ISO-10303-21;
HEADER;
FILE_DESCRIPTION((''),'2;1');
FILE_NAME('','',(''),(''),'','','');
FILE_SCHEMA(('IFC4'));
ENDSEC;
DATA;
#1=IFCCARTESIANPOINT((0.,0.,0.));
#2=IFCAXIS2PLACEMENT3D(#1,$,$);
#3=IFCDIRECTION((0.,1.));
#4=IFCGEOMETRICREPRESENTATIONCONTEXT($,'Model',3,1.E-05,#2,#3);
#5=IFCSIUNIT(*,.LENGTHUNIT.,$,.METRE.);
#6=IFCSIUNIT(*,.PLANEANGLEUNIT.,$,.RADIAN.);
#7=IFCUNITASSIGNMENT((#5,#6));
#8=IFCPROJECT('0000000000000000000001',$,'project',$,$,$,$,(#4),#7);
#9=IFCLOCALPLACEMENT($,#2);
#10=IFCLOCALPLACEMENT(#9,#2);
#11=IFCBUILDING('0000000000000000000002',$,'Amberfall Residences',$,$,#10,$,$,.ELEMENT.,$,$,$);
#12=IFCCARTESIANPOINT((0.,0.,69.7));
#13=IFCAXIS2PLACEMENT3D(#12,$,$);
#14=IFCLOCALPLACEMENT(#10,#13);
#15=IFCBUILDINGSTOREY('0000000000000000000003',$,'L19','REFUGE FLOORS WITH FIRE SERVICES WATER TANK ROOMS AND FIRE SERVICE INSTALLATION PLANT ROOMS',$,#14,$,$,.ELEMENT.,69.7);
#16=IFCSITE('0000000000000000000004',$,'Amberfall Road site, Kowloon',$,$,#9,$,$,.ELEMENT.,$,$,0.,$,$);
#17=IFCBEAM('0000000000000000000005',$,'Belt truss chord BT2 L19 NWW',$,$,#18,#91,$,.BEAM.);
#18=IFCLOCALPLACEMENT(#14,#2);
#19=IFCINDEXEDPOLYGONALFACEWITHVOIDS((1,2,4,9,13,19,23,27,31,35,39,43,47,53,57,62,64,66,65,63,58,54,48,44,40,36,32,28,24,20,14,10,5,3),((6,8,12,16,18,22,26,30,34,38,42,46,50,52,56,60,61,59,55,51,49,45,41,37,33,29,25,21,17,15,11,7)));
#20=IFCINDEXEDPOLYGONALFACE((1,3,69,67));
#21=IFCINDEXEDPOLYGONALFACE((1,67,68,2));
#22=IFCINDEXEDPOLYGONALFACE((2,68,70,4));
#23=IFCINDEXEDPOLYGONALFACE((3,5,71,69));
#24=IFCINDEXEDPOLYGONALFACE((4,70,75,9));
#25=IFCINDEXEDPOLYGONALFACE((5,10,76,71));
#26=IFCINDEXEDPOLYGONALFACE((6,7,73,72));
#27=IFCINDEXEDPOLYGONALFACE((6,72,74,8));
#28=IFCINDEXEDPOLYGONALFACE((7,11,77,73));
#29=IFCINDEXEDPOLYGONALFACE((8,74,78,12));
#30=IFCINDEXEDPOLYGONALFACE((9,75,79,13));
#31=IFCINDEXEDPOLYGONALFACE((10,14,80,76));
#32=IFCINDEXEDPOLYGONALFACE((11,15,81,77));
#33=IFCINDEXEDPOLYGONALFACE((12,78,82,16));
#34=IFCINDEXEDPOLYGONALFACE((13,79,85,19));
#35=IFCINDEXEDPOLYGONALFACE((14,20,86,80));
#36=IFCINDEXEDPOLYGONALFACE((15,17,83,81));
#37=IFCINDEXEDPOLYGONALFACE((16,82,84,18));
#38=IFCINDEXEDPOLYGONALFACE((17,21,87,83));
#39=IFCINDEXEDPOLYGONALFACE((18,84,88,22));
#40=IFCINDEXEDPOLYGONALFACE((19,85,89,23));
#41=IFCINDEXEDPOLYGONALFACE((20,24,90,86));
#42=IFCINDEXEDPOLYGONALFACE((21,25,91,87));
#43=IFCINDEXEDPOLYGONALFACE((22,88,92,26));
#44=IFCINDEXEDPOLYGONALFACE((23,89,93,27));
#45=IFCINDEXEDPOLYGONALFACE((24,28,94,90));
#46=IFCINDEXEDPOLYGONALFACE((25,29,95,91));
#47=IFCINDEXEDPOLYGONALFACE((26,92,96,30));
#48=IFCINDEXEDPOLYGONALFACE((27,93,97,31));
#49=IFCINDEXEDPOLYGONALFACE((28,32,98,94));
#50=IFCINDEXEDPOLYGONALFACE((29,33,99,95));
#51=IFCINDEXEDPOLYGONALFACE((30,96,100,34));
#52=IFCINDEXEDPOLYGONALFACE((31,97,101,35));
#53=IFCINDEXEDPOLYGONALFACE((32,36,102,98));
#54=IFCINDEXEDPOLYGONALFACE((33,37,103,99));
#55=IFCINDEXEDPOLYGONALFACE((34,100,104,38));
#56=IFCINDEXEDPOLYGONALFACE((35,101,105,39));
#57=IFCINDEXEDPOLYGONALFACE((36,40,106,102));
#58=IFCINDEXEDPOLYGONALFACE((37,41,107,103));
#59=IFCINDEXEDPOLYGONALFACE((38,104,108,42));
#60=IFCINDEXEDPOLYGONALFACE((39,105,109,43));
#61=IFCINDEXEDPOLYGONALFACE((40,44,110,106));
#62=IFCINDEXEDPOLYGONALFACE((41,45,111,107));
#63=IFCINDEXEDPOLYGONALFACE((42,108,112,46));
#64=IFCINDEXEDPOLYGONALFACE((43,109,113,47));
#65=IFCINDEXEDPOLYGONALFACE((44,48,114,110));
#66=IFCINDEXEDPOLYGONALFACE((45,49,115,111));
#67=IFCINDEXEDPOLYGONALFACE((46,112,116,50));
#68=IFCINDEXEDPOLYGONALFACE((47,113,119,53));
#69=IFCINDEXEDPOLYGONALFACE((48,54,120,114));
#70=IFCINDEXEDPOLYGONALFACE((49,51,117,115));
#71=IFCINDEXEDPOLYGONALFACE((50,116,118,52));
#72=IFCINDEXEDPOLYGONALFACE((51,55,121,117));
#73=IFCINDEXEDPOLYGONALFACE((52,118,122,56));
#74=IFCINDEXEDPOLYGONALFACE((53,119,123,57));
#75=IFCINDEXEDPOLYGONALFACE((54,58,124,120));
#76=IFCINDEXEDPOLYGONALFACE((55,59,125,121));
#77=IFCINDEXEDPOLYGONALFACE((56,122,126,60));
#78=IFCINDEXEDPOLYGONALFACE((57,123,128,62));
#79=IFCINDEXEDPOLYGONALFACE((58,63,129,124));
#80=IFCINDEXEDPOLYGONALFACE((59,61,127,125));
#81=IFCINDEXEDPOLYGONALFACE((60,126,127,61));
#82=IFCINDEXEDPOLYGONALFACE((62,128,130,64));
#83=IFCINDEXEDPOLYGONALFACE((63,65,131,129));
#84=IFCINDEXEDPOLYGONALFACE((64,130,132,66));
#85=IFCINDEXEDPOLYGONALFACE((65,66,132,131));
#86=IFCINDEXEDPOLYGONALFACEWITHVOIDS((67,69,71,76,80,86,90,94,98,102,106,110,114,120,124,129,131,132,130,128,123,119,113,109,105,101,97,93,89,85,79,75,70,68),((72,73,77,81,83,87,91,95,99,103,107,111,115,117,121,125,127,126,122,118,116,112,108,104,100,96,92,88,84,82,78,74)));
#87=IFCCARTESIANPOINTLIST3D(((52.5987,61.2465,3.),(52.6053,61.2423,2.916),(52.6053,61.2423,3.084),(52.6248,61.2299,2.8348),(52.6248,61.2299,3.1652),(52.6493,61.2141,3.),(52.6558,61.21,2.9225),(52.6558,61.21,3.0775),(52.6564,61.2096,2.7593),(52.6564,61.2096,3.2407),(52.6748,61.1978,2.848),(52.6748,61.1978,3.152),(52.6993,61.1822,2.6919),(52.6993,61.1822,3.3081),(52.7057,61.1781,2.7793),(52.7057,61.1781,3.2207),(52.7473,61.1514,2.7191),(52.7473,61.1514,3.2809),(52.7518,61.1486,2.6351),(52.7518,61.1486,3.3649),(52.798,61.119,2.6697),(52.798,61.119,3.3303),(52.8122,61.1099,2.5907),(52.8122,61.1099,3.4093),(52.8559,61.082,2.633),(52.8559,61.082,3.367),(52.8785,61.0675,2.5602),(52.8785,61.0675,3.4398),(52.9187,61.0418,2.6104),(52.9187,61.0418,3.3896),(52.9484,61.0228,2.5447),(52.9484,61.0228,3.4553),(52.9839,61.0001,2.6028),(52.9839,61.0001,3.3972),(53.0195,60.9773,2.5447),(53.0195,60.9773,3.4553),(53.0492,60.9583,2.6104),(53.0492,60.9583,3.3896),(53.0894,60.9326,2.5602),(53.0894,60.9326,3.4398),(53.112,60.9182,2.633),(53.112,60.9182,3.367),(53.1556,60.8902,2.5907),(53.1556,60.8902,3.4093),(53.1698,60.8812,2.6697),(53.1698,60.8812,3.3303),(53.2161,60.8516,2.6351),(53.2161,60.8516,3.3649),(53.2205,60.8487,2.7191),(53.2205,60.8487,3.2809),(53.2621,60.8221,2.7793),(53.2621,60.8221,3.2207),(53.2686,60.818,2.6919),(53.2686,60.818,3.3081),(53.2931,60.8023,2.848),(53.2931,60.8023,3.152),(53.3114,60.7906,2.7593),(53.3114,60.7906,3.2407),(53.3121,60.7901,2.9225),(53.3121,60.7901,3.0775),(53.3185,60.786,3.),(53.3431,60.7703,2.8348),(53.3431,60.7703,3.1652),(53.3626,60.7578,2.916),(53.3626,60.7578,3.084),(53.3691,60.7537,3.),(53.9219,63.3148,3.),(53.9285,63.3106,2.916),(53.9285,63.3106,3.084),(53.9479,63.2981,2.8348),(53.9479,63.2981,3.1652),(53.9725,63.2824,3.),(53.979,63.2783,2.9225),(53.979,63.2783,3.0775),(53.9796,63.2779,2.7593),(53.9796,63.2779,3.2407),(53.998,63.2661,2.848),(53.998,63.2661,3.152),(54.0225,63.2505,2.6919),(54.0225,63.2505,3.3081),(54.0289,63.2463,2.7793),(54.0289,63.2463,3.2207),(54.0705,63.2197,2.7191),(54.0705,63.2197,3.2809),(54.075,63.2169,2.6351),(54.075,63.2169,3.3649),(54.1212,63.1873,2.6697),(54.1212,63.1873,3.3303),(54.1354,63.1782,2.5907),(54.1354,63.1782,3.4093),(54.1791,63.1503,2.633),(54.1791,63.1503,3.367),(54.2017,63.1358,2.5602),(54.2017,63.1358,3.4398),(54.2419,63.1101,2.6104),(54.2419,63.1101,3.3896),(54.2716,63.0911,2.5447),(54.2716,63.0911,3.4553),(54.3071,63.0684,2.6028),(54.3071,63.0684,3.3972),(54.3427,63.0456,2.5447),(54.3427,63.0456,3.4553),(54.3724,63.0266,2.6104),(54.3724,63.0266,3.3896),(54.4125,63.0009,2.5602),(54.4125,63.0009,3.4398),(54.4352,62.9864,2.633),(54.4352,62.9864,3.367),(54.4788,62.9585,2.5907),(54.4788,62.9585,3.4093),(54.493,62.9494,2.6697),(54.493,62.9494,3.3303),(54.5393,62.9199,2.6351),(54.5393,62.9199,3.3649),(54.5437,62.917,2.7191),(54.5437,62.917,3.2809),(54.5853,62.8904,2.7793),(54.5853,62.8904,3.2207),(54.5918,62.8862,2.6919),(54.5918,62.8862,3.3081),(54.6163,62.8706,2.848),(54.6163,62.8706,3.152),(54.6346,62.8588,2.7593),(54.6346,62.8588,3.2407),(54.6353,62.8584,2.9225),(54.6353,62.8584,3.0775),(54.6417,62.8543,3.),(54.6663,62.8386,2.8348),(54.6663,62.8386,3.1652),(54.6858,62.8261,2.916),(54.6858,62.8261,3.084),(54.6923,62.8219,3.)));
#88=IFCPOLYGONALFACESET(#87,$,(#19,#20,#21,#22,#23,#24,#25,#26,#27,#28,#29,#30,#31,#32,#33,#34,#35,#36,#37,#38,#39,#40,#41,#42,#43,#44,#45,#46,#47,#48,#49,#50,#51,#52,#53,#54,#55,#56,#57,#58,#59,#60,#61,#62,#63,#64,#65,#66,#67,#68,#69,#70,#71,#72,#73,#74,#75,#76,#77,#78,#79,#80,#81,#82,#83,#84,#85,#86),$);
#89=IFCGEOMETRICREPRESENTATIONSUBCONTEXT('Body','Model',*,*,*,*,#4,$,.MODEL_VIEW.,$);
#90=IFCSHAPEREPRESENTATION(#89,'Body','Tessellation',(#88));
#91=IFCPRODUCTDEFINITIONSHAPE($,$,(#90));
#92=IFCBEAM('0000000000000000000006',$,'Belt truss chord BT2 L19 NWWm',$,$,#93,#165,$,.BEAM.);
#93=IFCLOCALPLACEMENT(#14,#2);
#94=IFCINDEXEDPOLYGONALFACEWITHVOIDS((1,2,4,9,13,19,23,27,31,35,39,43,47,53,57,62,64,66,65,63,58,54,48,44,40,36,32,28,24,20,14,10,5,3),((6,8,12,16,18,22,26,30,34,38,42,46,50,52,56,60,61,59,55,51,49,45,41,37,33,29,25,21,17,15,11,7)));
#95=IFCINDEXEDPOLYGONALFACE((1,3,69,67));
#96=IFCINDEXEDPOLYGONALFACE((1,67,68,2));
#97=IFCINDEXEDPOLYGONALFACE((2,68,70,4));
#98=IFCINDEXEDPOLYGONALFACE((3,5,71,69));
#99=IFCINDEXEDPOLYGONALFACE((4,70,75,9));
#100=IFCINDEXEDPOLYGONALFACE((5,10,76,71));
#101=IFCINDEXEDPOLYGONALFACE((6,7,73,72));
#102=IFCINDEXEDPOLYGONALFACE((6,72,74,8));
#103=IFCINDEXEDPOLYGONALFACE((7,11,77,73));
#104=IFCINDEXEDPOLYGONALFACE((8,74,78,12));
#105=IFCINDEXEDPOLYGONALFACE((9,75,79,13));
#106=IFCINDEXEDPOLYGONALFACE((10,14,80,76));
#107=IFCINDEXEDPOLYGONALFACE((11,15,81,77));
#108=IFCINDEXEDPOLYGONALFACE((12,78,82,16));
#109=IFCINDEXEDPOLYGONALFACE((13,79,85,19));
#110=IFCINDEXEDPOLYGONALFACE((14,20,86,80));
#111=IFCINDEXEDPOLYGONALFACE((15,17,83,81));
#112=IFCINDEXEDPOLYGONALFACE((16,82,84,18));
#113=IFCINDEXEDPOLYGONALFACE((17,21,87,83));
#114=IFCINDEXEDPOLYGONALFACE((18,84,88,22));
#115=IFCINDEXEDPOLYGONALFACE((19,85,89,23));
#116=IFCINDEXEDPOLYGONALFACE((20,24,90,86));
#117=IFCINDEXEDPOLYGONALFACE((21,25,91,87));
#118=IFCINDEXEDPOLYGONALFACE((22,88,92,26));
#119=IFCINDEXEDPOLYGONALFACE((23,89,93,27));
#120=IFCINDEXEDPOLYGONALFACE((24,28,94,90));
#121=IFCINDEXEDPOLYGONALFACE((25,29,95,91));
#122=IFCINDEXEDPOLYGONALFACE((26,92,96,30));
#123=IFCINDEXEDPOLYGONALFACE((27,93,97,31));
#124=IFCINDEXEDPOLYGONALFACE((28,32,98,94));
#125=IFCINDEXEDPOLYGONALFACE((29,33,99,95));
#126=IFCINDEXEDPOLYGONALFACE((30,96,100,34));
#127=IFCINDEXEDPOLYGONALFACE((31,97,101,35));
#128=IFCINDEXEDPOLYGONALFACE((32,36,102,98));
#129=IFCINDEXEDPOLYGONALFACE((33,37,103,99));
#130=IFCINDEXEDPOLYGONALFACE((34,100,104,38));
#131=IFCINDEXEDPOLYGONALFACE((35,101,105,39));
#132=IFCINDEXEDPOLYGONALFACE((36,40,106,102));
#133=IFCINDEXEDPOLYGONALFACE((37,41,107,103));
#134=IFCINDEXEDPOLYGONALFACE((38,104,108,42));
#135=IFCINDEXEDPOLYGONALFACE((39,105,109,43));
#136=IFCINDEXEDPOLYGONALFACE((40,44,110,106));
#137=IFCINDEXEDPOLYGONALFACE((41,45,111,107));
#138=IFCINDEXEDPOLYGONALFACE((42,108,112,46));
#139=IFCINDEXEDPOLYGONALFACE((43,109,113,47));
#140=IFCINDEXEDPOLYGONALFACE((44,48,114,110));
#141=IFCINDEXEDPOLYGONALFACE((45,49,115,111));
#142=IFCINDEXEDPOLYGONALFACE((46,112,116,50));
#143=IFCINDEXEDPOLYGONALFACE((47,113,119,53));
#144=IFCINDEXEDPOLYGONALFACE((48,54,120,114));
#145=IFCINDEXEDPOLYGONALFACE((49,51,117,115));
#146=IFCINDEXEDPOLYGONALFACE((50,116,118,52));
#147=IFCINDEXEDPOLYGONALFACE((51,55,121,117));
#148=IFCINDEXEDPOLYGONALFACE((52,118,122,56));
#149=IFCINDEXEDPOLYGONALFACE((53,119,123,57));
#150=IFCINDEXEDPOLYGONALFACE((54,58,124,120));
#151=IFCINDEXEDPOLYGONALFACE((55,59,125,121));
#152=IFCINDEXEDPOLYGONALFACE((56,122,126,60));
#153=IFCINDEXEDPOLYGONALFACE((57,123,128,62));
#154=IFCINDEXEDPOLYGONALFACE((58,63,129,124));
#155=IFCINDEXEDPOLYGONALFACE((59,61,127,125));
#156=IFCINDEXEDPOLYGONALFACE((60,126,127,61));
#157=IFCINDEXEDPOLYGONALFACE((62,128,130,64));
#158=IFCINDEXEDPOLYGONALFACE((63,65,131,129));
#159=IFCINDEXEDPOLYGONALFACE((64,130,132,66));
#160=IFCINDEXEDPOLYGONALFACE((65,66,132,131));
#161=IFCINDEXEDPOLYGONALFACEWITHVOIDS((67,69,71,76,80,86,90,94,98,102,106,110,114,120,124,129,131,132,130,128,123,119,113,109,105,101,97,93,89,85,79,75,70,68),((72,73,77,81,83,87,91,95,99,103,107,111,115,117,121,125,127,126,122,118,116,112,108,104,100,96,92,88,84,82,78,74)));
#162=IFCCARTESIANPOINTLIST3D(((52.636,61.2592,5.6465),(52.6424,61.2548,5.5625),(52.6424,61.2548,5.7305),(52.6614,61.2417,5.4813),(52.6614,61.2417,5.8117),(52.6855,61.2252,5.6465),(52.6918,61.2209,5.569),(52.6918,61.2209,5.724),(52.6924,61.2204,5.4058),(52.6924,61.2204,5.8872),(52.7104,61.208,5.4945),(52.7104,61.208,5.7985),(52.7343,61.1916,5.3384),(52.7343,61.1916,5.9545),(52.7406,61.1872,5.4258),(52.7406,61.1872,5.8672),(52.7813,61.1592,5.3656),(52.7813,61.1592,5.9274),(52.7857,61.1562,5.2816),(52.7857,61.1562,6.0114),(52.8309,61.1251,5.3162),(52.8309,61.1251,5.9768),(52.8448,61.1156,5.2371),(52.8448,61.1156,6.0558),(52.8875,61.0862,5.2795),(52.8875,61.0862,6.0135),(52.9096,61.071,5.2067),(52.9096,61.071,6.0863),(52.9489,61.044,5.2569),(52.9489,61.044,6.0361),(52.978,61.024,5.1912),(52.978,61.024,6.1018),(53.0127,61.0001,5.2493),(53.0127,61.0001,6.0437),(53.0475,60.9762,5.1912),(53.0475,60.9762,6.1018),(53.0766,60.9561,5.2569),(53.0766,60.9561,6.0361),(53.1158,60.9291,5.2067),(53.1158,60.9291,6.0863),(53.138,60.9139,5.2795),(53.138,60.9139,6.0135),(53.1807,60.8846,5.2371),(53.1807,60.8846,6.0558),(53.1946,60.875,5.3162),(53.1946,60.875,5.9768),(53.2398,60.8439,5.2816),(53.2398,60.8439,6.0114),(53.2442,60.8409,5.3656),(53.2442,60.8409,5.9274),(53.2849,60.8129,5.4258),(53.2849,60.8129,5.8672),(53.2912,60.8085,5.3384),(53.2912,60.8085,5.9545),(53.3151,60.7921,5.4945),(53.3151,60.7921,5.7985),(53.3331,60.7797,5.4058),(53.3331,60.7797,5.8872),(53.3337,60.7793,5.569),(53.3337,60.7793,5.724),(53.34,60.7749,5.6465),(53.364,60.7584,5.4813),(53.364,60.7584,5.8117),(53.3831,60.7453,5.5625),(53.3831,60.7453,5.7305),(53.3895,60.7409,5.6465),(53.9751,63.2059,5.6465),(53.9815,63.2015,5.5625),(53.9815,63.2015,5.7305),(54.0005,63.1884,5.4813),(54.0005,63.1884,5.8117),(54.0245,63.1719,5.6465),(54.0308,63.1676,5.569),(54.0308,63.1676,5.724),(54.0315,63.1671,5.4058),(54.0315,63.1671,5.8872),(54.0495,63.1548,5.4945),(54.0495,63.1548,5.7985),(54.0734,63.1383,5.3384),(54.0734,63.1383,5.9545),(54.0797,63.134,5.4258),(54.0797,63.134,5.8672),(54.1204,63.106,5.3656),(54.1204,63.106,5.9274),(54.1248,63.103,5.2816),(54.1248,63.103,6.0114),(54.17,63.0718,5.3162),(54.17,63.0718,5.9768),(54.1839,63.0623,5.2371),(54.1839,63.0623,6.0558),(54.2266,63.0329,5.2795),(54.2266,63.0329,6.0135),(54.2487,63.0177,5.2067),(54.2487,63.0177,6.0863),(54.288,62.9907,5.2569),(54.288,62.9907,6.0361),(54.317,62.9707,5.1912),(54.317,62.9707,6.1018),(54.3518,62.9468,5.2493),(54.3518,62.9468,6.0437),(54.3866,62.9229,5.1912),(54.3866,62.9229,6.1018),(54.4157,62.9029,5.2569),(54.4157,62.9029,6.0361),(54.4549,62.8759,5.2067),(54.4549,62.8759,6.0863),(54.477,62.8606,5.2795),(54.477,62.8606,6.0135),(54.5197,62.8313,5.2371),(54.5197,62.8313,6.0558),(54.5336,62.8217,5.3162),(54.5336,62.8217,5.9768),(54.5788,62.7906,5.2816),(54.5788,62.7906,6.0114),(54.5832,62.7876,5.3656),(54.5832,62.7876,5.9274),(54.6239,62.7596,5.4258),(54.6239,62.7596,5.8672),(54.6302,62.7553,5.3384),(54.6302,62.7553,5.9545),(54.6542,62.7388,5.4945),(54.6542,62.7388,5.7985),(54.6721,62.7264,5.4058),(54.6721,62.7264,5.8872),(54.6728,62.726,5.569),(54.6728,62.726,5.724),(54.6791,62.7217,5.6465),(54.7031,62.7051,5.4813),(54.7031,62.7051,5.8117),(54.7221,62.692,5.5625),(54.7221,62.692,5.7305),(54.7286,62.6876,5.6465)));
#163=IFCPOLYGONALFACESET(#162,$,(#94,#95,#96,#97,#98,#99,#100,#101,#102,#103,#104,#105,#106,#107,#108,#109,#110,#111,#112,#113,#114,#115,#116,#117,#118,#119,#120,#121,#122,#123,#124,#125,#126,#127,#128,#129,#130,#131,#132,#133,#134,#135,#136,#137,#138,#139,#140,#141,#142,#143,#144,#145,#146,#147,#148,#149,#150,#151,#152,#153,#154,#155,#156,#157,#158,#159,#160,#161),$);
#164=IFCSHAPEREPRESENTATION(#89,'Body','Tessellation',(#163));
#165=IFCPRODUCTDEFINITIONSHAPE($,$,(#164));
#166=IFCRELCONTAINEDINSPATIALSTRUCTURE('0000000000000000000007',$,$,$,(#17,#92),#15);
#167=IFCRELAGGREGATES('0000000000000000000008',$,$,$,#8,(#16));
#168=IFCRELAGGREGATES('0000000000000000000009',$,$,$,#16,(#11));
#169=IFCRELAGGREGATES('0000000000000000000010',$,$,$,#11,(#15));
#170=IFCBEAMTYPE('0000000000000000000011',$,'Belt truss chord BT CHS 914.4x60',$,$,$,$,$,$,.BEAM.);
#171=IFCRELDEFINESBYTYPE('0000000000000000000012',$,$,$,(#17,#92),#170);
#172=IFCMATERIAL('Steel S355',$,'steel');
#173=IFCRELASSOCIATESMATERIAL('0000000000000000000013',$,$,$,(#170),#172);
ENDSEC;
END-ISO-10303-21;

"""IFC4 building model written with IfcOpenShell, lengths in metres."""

from ifc_helpers import new_model, si_unit, direction, frame, origin, origin_2d, place, context, subcontext, project, spatial, hollow_circle, extrude, material, material_profile, profile_set, type_object, element, save


model = new_model("IFC4")

# Units and contexts
model_context = context("Model", 3, precision=1e-05, world=origin(), true_north=direction((0.0, 1.0)))
body_context = subcontext(model_context, "Body", "Model", "MODEL_VIEW")
ifc_project = project(units=[si_unit("LENGTHUNIT", "METRE"), si_unit("PLANEANGLEUNIT", "RADIAN")], contexts=[model_context])

# Site, building, storey
site_placement = place(None, origin())
site = spatial("IfcSite", under=ifc_project, at=site_placement, Name="Amberfall Road site, Kowloon", CompositionType="ELEMENT", RefElevation=0.0)
building_placement = place(site_placement, origin())
building = spatial("IfcBuilding", under=site, at=building_placement, Name="Amberfall Residences", CompositionType="ELEMENT")
storey_placement = place(building_placement, frame((0.0, 0.0, 69.7)))
storey = spatial("IfcBuildingStorey", under=building, at=storey_placement, Name="L19", Description="REFUGE FLOORS WITH FIRE SERVICES WATER TANK ROOMS AND FIRE SERVICE INSTALLATION PLANT ROOMS", CompositionType="ELEMENT", Elevation=69.7)

# Beams
ifc_material_1 = material(Name="Steel S355", Category="steel")
ifc_material_profile_1 = material_profile(ifc_material_1, hollow_circle(Radius=0.4573, WallThickness=0.0601, at=origin_2d()), Name="CHS 914.4x60")
ifc_profile_set_1 = profile_set([ifc_material_profile_1], Name="Steel S355")
beam_type_1 = type_object("IfcBeamType", Name="Belt truss chord BT CHS 914.4x60", PredefinedType="BEAM", material=ifc_profile_set_1)
beam_1_placement = place(storey_placement, frame((54.3071, 63.0684, 3.0), z_axis=(-0.538907, -0.842365, 0.0), x_axis=(0.842365, -0.538907, 0.0)))
element("IfcBeam", 1, at=beam_1_placement, inside=storey, type_object=beam_type_1, Name="Belt truss chord BT2 L19 NWW", PredefinedType="BEAM", context=body_context, shape_type="SweptSolid", body=[
    extrude(hollow_circle(Radius=0.4573, WallThickness=0.0601, at=origin_2d()), origin(), (0.0, 0.0, 1.0), 2.4553),
])
beam_2_placement = place(storey_placement, frame((54.3518, 62.9468, 5.6465), z_axis=(-0.566731, -0.823903, 0.0), x_axis=(0.823903, -0.566731, 0.0)))
element("IfcBeam", 2, at=beam_2_placement, inside=storey, type_object=beam_type_1, Name="Belt truss chord BT2 L19 NWWm", PredefinedType="BEAM", context=body_context, shape_type="SweptSolid", body=[
    extrude(hollow_circle(Radius=0.4573, WallThickness=0.0601, at=origin_2d()), origin(), (0.0, 0.0, 1.0), 2.3628),
])

save(model, "model.ifc")
